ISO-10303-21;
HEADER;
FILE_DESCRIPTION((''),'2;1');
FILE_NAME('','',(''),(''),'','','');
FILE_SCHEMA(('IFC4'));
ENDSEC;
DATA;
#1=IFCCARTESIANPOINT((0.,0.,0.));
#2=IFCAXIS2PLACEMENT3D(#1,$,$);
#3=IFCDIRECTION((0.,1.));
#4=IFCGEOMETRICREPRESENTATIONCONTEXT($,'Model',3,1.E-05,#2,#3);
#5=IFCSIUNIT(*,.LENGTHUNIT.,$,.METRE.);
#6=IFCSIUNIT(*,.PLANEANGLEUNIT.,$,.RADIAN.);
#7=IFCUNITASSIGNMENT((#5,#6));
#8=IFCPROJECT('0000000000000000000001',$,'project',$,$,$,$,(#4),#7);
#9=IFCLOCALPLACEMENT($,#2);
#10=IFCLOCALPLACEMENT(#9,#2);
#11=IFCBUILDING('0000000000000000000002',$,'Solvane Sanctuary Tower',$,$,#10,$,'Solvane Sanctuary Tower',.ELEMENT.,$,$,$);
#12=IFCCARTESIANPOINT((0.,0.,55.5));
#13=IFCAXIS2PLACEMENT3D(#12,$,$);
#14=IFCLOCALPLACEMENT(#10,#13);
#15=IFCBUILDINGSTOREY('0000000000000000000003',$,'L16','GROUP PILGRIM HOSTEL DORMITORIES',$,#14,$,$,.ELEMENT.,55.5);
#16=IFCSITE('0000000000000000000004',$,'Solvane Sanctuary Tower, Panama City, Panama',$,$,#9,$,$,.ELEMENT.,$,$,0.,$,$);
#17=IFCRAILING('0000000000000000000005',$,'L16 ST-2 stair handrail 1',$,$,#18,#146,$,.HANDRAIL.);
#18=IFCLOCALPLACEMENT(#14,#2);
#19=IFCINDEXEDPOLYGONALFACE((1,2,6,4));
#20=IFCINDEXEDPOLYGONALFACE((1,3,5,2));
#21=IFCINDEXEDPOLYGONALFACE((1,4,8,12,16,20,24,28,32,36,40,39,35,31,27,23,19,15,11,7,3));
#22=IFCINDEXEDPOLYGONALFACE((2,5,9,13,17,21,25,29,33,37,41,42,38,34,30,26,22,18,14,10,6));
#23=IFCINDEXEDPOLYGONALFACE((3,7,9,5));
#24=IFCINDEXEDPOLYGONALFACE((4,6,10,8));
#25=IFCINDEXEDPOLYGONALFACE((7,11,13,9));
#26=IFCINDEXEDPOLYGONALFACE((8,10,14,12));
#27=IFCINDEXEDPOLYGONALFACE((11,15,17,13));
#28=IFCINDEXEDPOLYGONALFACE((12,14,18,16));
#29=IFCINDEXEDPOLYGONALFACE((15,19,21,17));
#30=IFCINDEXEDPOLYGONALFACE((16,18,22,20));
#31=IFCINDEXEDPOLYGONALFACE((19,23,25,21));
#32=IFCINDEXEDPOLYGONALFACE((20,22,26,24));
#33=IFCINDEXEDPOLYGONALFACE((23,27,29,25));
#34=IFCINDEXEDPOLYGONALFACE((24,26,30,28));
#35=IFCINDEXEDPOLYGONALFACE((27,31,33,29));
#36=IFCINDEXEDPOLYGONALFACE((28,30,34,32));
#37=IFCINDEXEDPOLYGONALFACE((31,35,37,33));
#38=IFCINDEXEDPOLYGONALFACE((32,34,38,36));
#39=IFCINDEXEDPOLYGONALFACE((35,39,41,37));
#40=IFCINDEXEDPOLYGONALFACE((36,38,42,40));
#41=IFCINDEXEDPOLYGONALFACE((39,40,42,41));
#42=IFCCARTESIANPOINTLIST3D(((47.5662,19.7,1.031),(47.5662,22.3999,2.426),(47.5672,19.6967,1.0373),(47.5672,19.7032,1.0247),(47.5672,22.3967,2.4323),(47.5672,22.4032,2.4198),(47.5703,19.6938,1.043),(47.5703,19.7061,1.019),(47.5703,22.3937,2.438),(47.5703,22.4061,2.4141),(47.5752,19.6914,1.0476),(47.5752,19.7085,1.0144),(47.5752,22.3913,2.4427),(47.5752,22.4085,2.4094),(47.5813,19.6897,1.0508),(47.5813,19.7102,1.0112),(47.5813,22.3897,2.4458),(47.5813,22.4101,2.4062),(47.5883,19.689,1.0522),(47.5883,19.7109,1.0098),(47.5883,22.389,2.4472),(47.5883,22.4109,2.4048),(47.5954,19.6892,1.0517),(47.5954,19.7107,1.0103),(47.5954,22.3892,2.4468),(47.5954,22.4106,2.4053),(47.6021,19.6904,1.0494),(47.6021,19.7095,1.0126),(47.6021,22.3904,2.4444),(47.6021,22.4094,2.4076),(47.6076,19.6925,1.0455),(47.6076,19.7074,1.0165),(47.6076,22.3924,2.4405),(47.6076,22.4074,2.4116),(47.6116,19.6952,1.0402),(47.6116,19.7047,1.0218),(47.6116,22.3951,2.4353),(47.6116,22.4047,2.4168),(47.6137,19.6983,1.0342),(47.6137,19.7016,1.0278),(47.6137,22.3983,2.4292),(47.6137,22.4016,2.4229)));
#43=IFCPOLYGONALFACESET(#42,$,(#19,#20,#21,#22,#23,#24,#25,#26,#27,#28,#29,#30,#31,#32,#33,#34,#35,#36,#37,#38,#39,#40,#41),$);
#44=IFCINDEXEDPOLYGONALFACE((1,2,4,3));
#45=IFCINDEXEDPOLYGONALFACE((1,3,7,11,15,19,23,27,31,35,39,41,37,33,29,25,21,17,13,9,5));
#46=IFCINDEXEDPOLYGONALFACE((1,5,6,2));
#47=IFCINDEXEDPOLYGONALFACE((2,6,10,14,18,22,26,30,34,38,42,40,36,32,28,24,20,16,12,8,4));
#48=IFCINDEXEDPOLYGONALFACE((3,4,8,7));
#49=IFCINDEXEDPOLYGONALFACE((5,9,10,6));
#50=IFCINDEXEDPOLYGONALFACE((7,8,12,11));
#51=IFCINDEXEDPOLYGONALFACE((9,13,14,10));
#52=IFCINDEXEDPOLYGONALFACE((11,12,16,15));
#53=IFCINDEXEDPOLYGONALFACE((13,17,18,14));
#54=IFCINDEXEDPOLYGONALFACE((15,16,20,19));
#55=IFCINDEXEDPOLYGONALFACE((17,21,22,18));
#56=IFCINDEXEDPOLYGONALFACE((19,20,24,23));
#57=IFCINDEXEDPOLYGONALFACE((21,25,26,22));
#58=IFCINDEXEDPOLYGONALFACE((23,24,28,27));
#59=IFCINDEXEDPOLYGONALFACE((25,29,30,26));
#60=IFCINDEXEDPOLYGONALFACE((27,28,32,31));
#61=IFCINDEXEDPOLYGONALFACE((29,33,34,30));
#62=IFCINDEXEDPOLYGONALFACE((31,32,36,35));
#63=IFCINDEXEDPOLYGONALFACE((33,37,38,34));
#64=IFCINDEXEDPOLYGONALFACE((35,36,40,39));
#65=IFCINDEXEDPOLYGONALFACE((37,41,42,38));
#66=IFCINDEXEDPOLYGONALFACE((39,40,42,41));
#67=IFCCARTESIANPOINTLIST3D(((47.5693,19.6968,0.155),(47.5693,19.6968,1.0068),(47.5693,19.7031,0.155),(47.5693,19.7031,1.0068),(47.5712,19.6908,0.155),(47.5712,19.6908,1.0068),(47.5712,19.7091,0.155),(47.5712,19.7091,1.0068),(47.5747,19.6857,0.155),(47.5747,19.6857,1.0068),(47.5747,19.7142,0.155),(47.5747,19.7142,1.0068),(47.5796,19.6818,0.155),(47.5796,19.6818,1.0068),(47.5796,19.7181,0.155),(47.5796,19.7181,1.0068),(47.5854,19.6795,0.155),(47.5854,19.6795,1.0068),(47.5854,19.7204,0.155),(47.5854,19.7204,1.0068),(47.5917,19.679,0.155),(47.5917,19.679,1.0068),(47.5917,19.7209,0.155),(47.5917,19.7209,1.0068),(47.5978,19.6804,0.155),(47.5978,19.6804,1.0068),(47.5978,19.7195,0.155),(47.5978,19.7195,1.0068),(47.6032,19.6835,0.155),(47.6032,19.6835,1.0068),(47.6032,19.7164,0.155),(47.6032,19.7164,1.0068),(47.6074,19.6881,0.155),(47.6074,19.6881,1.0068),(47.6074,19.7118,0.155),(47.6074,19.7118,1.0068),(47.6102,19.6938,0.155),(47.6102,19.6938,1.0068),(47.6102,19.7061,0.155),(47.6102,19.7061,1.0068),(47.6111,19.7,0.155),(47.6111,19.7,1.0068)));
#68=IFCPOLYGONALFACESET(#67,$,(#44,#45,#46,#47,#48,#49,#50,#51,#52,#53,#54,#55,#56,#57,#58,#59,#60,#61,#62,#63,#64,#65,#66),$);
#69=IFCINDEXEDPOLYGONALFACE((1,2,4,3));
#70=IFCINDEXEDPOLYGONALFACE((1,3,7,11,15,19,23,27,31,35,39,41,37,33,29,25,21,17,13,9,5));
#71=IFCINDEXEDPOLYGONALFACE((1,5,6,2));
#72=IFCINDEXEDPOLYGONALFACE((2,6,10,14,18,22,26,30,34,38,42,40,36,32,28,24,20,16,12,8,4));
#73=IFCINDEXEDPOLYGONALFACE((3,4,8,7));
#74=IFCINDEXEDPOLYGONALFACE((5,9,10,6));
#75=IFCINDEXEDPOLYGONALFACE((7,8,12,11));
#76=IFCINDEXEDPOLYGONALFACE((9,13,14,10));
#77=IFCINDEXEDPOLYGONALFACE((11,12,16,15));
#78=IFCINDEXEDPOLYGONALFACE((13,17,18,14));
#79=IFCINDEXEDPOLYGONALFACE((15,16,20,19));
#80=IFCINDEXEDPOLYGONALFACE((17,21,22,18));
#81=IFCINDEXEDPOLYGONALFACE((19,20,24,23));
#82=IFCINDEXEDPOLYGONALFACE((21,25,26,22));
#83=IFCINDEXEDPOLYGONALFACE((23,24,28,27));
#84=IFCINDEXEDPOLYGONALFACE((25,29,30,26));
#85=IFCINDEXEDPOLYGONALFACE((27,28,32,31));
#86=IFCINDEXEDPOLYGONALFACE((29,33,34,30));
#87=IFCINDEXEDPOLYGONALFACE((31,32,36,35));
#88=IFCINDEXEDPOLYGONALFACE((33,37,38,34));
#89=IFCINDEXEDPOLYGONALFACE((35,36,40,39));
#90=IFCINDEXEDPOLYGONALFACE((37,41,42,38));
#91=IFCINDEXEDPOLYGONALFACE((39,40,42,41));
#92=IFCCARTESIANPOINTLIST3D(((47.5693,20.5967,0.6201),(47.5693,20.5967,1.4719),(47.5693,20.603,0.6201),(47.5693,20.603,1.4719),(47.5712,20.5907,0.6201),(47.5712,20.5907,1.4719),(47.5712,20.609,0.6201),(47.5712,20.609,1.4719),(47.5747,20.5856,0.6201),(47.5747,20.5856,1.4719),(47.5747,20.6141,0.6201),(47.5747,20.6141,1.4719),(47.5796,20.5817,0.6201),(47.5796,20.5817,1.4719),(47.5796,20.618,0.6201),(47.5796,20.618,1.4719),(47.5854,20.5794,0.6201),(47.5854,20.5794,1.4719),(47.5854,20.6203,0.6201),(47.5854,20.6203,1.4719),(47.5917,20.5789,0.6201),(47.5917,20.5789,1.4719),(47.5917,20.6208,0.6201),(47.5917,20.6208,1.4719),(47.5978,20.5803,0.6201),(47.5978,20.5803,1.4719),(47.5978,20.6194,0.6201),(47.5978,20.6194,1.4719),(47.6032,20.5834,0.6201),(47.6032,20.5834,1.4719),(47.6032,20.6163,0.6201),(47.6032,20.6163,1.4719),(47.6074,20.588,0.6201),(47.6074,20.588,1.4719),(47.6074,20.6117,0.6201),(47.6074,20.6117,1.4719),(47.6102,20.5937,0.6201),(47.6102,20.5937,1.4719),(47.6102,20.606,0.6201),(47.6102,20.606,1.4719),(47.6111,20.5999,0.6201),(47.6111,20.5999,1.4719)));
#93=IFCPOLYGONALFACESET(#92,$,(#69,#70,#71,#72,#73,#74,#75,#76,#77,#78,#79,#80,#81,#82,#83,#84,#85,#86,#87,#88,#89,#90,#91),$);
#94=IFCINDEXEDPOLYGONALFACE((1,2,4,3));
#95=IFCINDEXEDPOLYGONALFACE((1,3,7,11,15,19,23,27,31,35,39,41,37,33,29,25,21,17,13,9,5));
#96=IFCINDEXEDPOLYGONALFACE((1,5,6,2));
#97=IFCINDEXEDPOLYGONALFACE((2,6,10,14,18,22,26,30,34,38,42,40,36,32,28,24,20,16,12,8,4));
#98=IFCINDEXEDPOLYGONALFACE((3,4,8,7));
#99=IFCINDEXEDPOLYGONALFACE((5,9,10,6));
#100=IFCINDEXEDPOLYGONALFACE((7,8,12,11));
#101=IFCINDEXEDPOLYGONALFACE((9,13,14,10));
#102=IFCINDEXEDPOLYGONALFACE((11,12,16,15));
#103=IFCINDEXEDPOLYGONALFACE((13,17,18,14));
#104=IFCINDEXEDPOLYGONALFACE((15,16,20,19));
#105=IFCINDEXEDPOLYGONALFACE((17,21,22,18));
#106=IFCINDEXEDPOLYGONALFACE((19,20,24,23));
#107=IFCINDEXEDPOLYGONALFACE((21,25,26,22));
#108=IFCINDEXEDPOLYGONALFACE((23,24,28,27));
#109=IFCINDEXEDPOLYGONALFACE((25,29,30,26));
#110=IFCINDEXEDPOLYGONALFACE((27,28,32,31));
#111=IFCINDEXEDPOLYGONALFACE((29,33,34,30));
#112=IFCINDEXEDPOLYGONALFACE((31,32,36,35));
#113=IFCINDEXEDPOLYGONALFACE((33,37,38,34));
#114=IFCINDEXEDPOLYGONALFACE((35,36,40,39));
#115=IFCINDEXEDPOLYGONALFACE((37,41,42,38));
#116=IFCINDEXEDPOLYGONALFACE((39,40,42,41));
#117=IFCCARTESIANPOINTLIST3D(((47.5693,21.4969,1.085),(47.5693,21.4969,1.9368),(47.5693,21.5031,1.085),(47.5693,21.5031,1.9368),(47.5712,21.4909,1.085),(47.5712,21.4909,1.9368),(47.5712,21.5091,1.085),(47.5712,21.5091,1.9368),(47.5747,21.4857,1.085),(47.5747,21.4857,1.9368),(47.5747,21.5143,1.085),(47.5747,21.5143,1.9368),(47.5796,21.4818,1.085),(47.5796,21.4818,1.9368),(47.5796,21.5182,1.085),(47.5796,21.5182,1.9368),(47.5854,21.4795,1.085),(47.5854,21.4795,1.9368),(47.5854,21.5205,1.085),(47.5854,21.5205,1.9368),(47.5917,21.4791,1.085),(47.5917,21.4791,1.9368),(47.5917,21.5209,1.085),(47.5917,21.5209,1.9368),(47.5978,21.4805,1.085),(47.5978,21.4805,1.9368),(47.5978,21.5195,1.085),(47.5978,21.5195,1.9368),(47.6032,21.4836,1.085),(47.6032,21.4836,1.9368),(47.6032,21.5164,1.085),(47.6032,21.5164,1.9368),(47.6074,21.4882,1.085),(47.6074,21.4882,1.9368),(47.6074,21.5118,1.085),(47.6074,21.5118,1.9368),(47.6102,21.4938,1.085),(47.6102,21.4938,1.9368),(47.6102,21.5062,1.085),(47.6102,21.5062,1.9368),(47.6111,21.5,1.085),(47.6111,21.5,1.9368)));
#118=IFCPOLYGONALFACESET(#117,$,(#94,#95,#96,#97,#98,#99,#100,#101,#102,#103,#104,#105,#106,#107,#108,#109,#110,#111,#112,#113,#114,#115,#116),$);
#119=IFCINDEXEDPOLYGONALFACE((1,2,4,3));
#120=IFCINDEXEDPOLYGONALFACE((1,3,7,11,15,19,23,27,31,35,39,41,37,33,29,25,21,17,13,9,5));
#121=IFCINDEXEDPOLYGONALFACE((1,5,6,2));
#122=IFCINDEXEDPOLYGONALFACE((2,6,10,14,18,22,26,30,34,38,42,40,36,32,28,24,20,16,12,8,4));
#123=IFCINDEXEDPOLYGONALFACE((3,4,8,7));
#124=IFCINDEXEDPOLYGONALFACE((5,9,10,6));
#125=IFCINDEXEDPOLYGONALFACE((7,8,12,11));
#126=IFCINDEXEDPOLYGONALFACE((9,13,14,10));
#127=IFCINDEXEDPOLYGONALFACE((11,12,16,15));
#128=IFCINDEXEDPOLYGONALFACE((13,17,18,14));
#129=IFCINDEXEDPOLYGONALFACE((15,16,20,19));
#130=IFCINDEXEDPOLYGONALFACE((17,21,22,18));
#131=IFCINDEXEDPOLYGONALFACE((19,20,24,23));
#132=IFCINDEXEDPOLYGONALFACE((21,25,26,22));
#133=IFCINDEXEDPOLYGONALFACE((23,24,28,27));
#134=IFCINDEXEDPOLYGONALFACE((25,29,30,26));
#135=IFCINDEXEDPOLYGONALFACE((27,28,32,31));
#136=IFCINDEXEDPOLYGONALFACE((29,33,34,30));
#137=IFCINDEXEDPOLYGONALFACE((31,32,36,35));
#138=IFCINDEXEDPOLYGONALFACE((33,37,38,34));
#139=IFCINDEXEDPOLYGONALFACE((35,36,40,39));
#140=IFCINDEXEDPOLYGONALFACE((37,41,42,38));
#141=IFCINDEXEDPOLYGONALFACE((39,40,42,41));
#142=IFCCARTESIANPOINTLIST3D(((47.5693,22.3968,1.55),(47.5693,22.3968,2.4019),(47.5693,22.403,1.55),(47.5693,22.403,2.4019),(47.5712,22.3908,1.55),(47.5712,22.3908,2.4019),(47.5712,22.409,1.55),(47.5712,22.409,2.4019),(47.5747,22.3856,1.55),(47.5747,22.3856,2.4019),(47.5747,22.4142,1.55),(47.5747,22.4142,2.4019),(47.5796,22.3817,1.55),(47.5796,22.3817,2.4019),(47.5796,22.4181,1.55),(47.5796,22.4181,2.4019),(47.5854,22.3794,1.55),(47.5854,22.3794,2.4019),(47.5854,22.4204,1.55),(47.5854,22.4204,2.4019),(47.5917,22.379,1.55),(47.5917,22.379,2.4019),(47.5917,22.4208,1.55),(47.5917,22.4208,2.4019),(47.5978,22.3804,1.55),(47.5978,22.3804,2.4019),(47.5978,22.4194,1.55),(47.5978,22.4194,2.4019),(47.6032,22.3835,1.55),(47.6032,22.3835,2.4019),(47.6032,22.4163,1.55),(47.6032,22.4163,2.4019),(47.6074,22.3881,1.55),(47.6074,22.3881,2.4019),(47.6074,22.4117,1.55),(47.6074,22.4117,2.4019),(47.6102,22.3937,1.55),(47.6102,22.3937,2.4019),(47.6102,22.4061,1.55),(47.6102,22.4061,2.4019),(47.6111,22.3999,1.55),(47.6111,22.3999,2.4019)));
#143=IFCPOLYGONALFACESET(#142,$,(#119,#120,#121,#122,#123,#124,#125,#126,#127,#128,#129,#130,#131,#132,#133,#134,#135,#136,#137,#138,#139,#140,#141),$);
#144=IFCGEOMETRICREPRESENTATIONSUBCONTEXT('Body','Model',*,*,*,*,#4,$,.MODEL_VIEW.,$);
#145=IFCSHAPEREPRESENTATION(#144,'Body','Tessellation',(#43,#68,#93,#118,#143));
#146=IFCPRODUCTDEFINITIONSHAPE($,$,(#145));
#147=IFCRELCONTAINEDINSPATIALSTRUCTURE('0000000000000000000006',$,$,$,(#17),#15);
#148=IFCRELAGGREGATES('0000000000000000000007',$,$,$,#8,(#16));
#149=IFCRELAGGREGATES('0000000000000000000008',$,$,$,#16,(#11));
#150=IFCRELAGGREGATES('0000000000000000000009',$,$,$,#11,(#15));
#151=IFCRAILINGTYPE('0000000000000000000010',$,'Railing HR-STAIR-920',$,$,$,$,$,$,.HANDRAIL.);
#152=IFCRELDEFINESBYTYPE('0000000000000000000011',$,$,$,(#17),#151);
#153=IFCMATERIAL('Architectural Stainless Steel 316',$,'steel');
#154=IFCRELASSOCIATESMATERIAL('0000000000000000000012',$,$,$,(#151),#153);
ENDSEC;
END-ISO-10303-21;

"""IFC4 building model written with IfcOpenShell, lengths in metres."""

from ifc_helpers import new_model, si_unit, direction, frame, origin, origin_2d, place, context, subcontext, project, spatial, circle, extrude, material, type_object, element, save


model = new_model("IFC4")

# Units and contexts
model_context = context("Model", 3, precision=1e-05, world=origin(), true_north=direction((0.0, 1.0)))
body_context = subcontext(model_context, "Body", "Model", "MODEL_VIEW")
ifc_project = project(units=[si_unit("LENGTHUNIT", "METRE"), si_unit("PLANEANGLEUNIT", "RADIAN")], contexts=[model_context])

# Site, building, storey
site_placement = place(None, origin())
site = spatial("IfcSite", under=ifc_project, at=site_placement, Name="Solvane Sanctuary Tower, Panama City, Panama", CompositionType="ELEMENT", RefElevation=0.0)
building_placement = place(site_placement, origin())
building = spatial("IfcBuilding", under=site, at=building_placement, Name="Solvane Sanctuary Tower", LongName="Solvane Sanctuary Tower", CompositionType="ELEMENT")
storey_placement = place(building_placement, frame((0.0, 0.0, 55.5)))
storey = spatial("IfcBuildingStorey", under=building, at=storey_placement, Name="L16", Description="GROUP PILGRIM HOSTEL DORMITORIES", CompositionType="ELEMENT", Elevation=55.5)

# Shared definitions
ifc_material_1 = material(Name="Architectural Stainless Steel 316", Category="steel")

# Railing
railing_type_1 = type_object("IfcRailingType", Name="Railing HR-STAIR-920", PredefinedType="HANDRAIL", material=ifc_material_1)
railing_1_placement = place(storey_placement, frame((47.5901, 19.7, 0.155)))
element("IfcRailing", 1, at=railing_1_placement, inside=storey, type_object=railing_type_1, Name="L16 ST-2 stair handrail 1", PredefinedType="HANDRAIL", context=body_context, shape_type="SweptSolid", body=[
    extrude(circle(Radius=0.0239, at=origin_2d()), frame((0.0, 0.0, 0.876), z_axis=(0.0, 0.88842, 0.459032), x_axis=(-1.0, 0.0, 0.0)), (0.0, 0.0, 1.0), 3.0391),
    extrude(circle(Radius=0.021, at=origin_2d()), origin(), (0.0, 0.0, 1.0), 0.8518),
    extrude(circle(Radius=0.021, at=origin_2d()), frame((0.0, 0.8999, 0.4651)), (0.0, 0.0, 1.0), 0.8518),
    extrude(circle(Radius=0.021, at=origin_2d()), frame((0.0, 1.8, 0.9299)), (0.0, 0.0, 1.0), 0.8518),
    extrude(circle(Radius=0.021, at=origin_2d()), frame((0.0, 2.7, 1.395)), (0.0, 0.0, 1.0), 0.8518),
])

save(model, "model.ifc")
